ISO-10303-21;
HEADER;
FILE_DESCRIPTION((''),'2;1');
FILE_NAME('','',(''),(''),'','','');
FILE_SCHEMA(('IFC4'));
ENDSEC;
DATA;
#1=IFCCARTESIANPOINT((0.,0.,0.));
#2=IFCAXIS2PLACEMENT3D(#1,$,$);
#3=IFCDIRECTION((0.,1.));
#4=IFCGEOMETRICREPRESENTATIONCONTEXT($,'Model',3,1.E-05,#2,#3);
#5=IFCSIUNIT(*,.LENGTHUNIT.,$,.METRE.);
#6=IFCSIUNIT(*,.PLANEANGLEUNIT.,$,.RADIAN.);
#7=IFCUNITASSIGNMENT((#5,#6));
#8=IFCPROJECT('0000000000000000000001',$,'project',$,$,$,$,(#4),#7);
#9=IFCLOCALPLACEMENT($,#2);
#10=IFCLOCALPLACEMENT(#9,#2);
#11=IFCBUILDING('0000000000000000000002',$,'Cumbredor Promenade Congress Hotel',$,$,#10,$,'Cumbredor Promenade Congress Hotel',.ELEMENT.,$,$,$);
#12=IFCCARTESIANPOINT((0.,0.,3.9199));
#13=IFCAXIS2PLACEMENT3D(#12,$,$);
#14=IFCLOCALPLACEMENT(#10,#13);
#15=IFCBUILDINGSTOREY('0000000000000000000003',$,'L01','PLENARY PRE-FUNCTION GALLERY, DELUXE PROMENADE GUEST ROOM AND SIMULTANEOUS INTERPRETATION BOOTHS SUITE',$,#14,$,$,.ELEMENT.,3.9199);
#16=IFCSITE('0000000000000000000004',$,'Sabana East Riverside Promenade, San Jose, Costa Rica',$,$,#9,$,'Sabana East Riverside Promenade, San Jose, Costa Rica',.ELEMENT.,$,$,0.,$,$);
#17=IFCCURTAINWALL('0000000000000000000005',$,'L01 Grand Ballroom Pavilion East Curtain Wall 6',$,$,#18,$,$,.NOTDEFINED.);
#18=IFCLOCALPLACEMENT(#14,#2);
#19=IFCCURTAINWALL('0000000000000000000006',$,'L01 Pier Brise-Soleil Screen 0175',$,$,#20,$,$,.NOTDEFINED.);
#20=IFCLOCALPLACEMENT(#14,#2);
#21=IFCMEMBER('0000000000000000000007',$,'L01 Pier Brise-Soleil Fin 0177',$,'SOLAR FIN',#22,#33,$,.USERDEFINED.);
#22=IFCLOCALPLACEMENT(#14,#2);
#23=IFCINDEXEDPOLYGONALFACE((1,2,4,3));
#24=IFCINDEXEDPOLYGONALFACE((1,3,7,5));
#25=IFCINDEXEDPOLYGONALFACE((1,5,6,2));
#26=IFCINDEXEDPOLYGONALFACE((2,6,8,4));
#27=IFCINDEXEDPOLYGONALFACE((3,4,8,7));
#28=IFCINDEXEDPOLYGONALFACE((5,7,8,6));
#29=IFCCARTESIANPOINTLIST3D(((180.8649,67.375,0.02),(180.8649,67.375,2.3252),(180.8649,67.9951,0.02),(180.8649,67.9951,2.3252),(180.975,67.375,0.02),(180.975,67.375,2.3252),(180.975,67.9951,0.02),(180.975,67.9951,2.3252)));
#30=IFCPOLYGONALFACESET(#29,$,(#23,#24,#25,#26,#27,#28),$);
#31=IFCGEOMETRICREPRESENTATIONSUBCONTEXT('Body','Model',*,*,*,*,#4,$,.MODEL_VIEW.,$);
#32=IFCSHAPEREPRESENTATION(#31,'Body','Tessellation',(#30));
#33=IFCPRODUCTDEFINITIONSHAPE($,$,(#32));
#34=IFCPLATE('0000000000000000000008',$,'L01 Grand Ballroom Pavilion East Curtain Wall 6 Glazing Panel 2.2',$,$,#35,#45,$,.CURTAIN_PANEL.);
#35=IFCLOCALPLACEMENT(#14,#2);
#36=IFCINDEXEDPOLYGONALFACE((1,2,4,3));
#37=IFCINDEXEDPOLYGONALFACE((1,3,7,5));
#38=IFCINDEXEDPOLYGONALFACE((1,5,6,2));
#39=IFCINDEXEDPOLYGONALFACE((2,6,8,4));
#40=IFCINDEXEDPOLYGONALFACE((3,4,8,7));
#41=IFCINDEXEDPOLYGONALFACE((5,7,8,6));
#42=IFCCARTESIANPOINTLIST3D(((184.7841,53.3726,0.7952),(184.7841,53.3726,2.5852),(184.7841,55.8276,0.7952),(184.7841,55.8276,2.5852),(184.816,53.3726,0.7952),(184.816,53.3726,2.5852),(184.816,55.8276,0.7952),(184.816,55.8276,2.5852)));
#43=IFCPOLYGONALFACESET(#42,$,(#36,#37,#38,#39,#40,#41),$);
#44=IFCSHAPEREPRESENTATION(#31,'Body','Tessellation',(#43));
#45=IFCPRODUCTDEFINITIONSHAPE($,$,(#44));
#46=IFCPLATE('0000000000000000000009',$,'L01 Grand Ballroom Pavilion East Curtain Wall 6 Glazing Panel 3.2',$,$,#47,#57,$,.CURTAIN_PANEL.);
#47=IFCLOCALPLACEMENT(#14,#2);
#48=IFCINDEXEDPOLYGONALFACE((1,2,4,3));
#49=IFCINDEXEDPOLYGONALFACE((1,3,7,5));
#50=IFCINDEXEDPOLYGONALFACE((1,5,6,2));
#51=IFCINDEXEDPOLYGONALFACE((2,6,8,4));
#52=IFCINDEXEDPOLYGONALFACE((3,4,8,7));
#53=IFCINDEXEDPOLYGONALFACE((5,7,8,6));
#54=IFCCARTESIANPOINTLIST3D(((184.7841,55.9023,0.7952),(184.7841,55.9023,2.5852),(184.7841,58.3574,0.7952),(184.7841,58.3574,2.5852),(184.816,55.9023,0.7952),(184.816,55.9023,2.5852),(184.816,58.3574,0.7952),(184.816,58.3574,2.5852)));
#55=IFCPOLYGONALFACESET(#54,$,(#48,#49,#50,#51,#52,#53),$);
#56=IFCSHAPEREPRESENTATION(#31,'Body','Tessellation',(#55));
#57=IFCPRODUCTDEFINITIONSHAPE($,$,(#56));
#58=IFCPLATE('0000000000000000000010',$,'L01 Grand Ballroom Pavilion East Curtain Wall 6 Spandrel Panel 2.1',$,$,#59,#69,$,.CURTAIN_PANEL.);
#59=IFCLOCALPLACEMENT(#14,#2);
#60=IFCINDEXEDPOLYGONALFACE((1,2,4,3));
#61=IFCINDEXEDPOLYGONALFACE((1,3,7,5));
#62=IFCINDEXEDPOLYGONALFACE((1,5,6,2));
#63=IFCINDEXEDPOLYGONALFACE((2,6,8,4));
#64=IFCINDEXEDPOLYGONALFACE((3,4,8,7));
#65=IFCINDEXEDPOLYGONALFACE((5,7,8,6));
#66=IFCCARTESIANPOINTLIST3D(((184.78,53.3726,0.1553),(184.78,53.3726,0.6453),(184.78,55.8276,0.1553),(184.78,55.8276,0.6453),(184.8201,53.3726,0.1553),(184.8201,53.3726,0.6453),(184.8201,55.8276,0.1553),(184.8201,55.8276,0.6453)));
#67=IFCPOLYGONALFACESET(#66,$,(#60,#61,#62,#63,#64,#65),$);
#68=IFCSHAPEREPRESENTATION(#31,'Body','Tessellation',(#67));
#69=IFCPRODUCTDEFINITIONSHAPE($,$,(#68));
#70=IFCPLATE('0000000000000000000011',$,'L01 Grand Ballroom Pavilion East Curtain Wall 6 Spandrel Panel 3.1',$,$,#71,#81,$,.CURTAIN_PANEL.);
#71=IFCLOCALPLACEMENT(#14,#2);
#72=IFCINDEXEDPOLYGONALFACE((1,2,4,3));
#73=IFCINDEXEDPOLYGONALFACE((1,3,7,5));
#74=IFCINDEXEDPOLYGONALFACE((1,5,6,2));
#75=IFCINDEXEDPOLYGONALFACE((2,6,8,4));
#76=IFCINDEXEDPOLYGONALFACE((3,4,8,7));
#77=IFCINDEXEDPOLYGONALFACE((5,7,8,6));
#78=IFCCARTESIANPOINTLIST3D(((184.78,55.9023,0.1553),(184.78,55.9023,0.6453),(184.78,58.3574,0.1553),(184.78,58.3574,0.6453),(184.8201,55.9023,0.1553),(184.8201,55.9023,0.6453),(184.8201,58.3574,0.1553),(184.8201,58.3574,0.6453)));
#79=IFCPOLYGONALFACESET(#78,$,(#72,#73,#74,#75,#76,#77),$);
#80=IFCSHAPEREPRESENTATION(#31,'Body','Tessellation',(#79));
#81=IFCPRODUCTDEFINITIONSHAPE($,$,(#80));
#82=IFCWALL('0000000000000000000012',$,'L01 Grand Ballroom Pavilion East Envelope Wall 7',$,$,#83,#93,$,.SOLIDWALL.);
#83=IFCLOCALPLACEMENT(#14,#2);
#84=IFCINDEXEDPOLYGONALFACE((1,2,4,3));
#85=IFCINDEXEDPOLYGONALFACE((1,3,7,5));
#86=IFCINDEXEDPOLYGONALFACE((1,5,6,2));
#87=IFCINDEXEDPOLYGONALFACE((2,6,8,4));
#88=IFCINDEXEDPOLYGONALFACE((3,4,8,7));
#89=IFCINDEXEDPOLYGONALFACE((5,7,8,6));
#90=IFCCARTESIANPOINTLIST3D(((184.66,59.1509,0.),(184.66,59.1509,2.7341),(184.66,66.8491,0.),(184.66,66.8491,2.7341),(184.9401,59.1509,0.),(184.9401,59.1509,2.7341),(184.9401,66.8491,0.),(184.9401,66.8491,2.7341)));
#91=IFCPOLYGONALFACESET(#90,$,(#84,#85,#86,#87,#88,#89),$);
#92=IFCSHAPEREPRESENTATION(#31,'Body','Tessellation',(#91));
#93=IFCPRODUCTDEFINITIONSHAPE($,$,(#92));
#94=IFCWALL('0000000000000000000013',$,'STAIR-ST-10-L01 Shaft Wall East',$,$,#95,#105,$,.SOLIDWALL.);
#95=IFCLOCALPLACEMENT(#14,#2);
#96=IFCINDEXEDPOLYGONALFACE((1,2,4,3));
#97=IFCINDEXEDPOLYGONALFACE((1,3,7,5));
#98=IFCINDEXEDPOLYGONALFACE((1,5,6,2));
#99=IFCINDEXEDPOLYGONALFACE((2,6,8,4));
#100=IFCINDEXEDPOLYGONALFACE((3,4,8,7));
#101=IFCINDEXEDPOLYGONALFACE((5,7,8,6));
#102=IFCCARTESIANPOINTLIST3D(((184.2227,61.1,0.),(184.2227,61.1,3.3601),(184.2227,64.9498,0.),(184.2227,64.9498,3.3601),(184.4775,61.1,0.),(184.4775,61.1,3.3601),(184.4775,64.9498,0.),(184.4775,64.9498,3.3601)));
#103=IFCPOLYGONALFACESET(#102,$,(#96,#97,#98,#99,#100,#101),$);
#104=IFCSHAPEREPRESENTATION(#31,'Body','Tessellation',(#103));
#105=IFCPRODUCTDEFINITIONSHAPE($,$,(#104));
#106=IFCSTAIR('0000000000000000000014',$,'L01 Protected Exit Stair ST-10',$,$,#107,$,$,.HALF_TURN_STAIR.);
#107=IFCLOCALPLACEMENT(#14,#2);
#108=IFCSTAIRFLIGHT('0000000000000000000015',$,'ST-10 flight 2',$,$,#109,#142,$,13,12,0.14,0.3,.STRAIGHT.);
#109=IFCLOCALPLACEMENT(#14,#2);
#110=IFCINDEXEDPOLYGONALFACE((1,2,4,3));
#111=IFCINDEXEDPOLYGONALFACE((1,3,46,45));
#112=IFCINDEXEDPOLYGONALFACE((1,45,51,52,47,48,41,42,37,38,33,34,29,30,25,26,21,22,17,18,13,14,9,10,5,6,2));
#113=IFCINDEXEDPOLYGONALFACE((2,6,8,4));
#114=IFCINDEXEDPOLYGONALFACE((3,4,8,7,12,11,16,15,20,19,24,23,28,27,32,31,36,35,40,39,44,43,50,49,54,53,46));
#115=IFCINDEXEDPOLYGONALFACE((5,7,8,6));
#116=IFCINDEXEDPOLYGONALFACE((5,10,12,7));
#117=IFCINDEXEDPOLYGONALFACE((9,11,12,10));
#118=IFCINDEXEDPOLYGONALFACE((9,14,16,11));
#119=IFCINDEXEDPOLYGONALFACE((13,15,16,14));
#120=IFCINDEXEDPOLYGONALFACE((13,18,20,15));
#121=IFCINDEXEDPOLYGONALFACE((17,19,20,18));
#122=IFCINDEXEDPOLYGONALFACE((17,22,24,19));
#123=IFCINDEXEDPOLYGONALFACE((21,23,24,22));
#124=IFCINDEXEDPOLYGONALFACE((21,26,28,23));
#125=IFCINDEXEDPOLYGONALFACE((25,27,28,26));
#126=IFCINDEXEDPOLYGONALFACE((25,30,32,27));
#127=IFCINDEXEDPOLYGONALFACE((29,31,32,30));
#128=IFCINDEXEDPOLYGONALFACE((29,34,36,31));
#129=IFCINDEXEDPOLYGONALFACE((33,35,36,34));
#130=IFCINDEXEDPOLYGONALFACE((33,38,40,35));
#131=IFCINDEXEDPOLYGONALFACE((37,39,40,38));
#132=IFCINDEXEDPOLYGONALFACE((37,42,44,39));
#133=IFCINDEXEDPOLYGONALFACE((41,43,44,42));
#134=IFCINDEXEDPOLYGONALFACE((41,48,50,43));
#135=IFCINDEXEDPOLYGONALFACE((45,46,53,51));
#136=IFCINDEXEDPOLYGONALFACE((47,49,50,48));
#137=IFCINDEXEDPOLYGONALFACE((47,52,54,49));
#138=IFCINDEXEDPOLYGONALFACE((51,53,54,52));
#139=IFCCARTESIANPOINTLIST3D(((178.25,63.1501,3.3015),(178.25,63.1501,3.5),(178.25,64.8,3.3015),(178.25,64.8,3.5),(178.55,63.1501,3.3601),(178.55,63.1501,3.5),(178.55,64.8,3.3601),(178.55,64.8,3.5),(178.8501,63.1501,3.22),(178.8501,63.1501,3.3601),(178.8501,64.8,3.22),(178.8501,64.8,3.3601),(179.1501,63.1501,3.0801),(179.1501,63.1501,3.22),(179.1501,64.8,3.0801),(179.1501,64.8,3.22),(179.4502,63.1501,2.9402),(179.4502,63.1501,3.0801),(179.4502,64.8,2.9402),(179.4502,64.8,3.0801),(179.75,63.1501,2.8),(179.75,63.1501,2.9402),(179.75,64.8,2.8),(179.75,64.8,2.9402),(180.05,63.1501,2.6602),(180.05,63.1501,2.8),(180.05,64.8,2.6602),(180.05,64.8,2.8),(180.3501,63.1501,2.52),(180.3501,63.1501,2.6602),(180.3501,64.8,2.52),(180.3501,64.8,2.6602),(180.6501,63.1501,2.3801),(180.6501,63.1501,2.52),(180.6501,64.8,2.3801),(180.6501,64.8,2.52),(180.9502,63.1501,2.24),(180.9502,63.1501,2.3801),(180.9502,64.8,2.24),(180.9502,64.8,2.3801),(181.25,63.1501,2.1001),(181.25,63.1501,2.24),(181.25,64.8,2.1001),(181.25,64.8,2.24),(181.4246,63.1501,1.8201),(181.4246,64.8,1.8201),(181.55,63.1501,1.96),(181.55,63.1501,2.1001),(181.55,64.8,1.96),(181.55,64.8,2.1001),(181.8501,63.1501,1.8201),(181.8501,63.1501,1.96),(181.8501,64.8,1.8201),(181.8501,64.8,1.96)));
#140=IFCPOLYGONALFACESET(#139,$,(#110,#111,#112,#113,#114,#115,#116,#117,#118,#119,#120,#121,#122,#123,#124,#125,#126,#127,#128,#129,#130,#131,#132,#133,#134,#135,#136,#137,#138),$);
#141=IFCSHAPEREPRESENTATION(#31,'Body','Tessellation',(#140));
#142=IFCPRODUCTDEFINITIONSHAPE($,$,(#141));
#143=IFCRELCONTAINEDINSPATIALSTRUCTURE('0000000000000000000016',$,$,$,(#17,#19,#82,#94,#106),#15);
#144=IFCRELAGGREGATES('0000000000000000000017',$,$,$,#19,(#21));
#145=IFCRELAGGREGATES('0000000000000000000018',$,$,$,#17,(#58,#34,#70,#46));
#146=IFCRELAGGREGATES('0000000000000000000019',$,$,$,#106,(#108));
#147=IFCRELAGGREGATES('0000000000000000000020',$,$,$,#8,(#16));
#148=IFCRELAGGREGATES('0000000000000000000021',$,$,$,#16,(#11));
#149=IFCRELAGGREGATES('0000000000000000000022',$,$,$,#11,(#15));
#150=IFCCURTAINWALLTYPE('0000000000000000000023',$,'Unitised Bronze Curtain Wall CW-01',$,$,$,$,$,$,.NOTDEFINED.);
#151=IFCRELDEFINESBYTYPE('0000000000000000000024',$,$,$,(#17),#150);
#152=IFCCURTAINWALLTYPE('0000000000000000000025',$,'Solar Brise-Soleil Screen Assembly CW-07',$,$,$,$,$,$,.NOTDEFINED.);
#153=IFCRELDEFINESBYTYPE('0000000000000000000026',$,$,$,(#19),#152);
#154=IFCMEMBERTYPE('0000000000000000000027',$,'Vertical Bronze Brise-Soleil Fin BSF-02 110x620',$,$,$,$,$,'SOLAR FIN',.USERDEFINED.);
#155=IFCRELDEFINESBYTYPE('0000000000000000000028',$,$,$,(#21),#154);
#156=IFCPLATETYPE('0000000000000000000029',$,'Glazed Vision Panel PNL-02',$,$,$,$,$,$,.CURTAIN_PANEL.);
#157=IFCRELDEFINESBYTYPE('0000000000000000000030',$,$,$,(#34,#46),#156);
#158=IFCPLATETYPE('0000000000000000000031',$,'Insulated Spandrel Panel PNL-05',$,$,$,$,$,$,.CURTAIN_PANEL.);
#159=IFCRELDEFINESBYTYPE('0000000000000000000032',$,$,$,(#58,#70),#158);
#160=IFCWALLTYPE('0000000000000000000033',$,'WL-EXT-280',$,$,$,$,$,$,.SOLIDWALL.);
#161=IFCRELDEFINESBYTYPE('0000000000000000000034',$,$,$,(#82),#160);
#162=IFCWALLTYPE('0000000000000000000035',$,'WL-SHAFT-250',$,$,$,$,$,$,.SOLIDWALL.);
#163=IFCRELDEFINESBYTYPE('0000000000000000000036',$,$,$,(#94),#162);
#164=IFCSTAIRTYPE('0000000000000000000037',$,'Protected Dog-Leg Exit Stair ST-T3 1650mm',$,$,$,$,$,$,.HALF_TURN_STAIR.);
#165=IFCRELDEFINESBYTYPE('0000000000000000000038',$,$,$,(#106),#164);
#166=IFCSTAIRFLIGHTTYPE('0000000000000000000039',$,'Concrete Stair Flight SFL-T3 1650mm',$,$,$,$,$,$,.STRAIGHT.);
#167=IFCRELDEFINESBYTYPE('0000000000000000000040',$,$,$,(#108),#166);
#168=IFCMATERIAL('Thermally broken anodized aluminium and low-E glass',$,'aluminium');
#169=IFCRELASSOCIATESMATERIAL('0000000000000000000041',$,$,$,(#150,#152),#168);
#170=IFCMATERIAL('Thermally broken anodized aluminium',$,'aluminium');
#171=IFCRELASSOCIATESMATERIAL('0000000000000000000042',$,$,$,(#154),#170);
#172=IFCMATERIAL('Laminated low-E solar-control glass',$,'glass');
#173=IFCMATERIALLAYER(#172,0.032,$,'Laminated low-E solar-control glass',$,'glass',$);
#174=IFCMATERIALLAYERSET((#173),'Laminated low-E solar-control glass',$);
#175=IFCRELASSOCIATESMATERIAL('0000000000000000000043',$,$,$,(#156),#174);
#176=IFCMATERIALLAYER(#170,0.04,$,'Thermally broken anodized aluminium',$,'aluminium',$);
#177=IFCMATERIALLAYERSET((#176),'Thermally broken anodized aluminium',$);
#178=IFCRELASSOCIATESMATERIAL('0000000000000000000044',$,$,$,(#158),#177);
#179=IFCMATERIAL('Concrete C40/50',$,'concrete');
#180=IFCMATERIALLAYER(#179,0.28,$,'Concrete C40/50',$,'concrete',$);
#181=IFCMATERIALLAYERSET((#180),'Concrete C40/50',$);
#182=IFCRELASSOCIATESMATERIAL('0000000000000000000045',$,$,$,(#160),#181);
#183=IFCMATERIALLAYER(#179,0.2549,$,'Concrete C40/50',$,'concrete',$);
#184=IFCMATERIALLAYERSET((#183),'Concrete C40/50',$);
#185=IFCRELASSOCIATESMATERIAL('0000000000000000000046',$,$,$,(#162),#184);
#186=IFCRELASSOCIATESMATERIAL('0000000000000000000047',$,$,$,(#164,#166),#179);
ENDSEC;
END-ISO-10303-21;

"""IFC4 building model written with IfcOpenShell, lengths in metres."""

from ifc_helpers import new_model, si_unit, direction, frame, frame_2d, origin, origin_2d, place, context, subcontext, project, spatial, polyline, rectangle, outline, extrude, material, layer, layer_set, material_profile, profile_set, type_object, element, aggregate, save


model = new_model("IFC4")

# Units and contexts
model_context = context("Model", 3, precision=1e-05, world=origin(), true_north=direction((0.0, 1.0)))
body_context = subcontext(model_context, "Body", "Model", "MODEL_VIEW")
ifc_project = project(units=[si_unit("LENGTHUNIT", "METRE"), si_unit("PLANEANGLEUNIT", "RADIAN")], contexts=[model_context])

# Site, building, storey
site_placement = place(None, origin())
site = spatial("IfcSite", under=ifc_project, at=site_placement, Name="Sabana East Riverside Promenade, San Jose, Costa Rica", LongName="Sabana East Riverside Promenade, San Jose, Costa Rica", CompositionType="ELEMENT", RefElevation=0.0)
building_placement = place(site_placement, origin())
building = spatial("IfcBuilding", under=site, at=building_placement, Name="Cumbredor Promenade Congress Hotel", LongName="Cumbredor Promenade Congress Hotel", CompositionType="ELEMENT")
storey_placement = place(building_placement, frame((0.0, 0.0, 3.9199)))
storey = spatial("IfcBuildingStorey", under=building, at=storey_placement, Name="L01", Description="PLENARY PRE-FUNCTION GALLERY, DELUXE PROMENADE GUEST ROOM AND SIMULTANEOUS INTERPRETATION BOOTHS SUITE", CompositionType="ELEMENT", Elevation=3.9199)

# Shared definitions
ifc_material_1 = material(Name="Concrete C40/50", Category="concrete")

# Curtain wall
ifc_material_2 = material(Name="Thermally broken anodized aluminium and low-E glass", Category="aluminium")
curtain_wall_type_1 = type_object("IfcCurtainWallType", Name="Unitised Bronze Curtain Wall CW-01", PredefinedType="NOTDEFINED", material=ifc_material_2)
curtain_wall_1_placement = place(storey_placement, origin())
curtain_wall_1 = element("IfcCurtainWall", 1, at=curtain_wall_1_placement, inside=storey, type_object=curtain_wall_type_1, Name="L01 Grand Ballroom Pavilion East Curtain Wall 6", PredefinedType="NOTDEFINED")
ifc_material_3 = material(Name="Thermally broken anodized aluminium", Category="aluminium")

# Curtain wall, member
curtain_wall_type_2 = type_object("IfcCurtainWallType", Name="Solar Brise-Soleil Screen Assembly CW-07", PredefinedType="NOTDEFINED", material=ifc_material_2)
curtain_wall_2_placement = place(storey_placement, origin())
curtain_wall_2 = element("IfcCurtainWall", 2, at=curtain_wall_2_placement, inside=storey, type_object=curtain_wall_type_2, Name="L01 Pier Brise-Soleil Screen 0175", PredefinedType="NOTDEFINED")
ifc_material_profile_1 = material_profile(ifc_material_3, rectangle(XDim=0.1101, YDim=0.6201, at=origin_2d()), Name="ARCH FIN 110x620")
ifc_profile_set_1 = profile_set([ifc_material_profile_1], Name="Thermally broken anodized aluminium")
member_type_1 = type_object("IfcMemberType", Name="Vertical Bronze Brise-Soleil Fin BSF-02 110x620", ElementType="SOLAR FIN", PredefinedType="USERDEFINED", material=ifc_profile_set_1)
member_1_placement = place(storey_placement, frame((180.9199, 67.6851, 0.02), z_axis=(0.0, 0.0, 1.0), x_axis=(1.0, 0.0, 0.0)))
member_1 = element("IfcMember", 3, at=member_1_placement, type_object=member_type_1, Name="L01 Pier Brise-Soleil Fin 0177", ObjectType="SOLAR FIN", PredefinedType="USERDEFINED", context=body_context, shape_type="SweptSolid", body=[
    extrude(rectangle(XDim=0.1101, YDim=0.6201, at=origin_2d()), origin(), (0.0, 0.0, 1.0), 2.3052),
])
aggregate(curtain_wall_2, [member_1])

# Plates
ifc_material_4 = material(Name="Laminated low-E solar-control glass", Category="glass")
ifc_layer_1 = layer(ifc_material_4, 0.032, Name="Laminated low-E solar-control glass", Category="glass")
ifc_layer_set_1 = layer_set([ifc_layer_1], Name="Laminated low-E solar-control glass")
plate_type_1 = type_object("IfcPlateType", Name="Glazed Vision Panel PNL-02", PredefinedType="CURTAIN_PANEL", material=ifc_layer_set_1)
plate_1_placement = place(storey_placement, frame((184.8, 54.6001, 0.7952), z_axis=(0.0, 0.0, 1.0), x_axis=(0.0, 1.0, 0.0)))
plate_1 = element("IfcPlate", 4, at=plate_1_placement, type_object=plate_type_1, Name="L01 Grand Ballroom Pavilion East Curtain Wall 6 Glazing Panel 2.2", PredefinedType="CURTAIN_PANEL", context=body_context, shape_type="SweptSolid", body=[
    extrude(rectangle(XDim=2.4551, YDim=0.032, at=origin_2d()), origin(), (0.0, 0.0, 1.0), 1.79),
])
plate_2_placement = place(storey_placement, frame((184.8, 57.1299, 0.7952), z_axis=(0.0, 0.0, 1.0), x_axis=(0.0, 1.0, 0.0)))
plate_2 = element("IfcPlate", 5, at=plate_2_placement, type_object=plate_type_1, Name="L01 Grand Ballroom Pavilion East Curtain Wall 6 Glazing Panel 3.2", PredefinedType="CURTAIN_PANEL", context=body_context, shape_type="SweptSolid", body=[
    extrude(rectangle(XDim=2.4551, YDim=0.032, at=origin_2d()), origin(), (0.0, 0.0, 1.0), 1.79),
])
ifc_layer_2 = layer(ifc_material_3, 0.04, Name="Thermally broken anodized aluminium", Category="aluminium")
ifc_layer_set_2 = layer_set([ifc_layer_2], Name="Thermally broken anodized aluminium")
plate_type_2 = type_object("IfcPlateType", Name="Insulated Spandrel Panel PNL-05", PredefinedType="CURTAIN_PANEL", material=ifc_layer_set_2)
plate_3_placement = place(storey_placement, frame((184.8, 54.6001, 0.1553), z_axis=(0.0, 0.0, 1.0), x_axis=(0.0, 1.0, 0.0)))
plate_3 = element("IfcPlate", 6, at=plate_3_placement, type_object=plate_type_2, Name="L01 Grand Ballroom Pavilion East Curtain Wall 6 Spandrel Panel 2.1", PredefinedType="CURTAIN_PANEL", context=body_context, shape_type="SweptSolid", body=[
    extrude(rectangle(XDim=2.4551, YDim=0.04, at=origin_2d()), origin(), (0.0, 0.0, 1.0), 0.49),
])
plate_4_placement = place(storey_placement, frame((184.8, 57.1299, 0.1553), z_axis=(0.0, 0.0, 1.0), x_axis=(0.0, 1.0, 0.0)))
plate_4 = element("IfcPlate", 7, at=plate_4_placement, type_object=plate_type_2, Name="L01 Grand Ballroom Pavilion East Curtain Wall 6 Spandrel Panel 3.1", PredefinedType="CURTAIN_PANEL", context=body_context, shape_type="SweptSolid", body=[
    extrude(rectangle(XDim=2.4551, YDim=0.04, at=origin_2d()), origin(), (0.0, 0.0, 1.0), 0.49),
])
aggregate(curtain_wall_1, [plate_3, plate_1, plate_4, plate_2])

# Walls
ifc_layer_3 = layer(ifc_material_1, 0.28, Name="Concrete C40/50", Category="concrete")
ifc_layer_set_3 = layer_set([ifc_layer_3], Name="Concrete C40/50")
wall_type_1 = type_object("IfcWallType", Name="WL-EXT-280", PredefinedType="SOLIDWALL", material=ifc_layer_set_3)
wall_1_placement = place(storey_placement, frame((184.8, 59.1509, 0.0), z_axis=(0.0, 0.0, 1.0), x_axis=(0.0, 1.0, 0.0)))
element("IfcWall", 8, at=wall_1_placement, inside=storey, type_object=wall_type_1, Name="L01 Grand Ballroom Pavilion East Envelope Wall 7", PredefinedType="SOLIDWALL", context=body_context, shape_type="SweptSolid", body=[
    extrude(rectangle(XDim=7.6982, YDim=0.28, at=frame_2d((3.8491, 0.0))), origin(), (0.0, 0.0, 1.0), 2.7341),
])
ifc_layer_4 = layer(ifc_material_1, 0.2549, Name="Concrete C40/50", Category="concrete")
ifc_layer_set_4 = layer_set([ifc_layer_4], Name="Concrete C40/50")
wall_type_2 = type_object("IfcWallType", Name="WL-SHAFT-250", PredefinedType="SOLIDWALL", material=ifc_layer_set_4)
wall_2_placement = place(storey_placement, frame((184.3501, 61.1001, 0.0), z_axis=(0.0, 0.0, 1.0), x_axis=(0.0, 1.0, 0.0)))
element("IfcWall", 9, at=wall_2_placement, inside=storey, type_object=wall_type_2, Name="STAIR-ST-10-L01 Shaft Wall East", PredefinedType="SOLIDWALL", context=body_context, shape_type="SweptSolid", body=[
    extrude(rectangle(XDim=3.8499, YDim=0.2549, at=frame_2d((1.9248, 0.0))), origin(), (0.0, 0.0, 1.0), 3.3601),
])

# Stair, stair flight
stair_type = type_object("IfcStairType", Name="Protected Dog-Leg Exit Stair ST-T3 1650mm", PredefinedType="HALF_TURN_STAIR", material=ifc_material_1)
stair_placement = place(storey_placement, origin())
stair = element("IfcStair", 10, at=stair_placement, inside=storey, type_object=stair_type, Name="L01 Protected Exit Stair ST-10", PredefinedType="HALF_TURN_STAIR")
stair_flight_type = type_object("IfcStairFlightType", Name="Concrete Stair Flight SFL-T3 1650mm", PredefinedType="STRAIGHT", material=ifc_material_1)
stair_flight_placement = place(storey_placement, frame((181.8501, 63.9751, 1.8201), z_axis=(0.0, 0.0, 1.0), x_axis=(-1.0, 0.0, 0.0)))
stair_flight = element("IfcStairFlight", 11, at=stair_flight_placement, type_object=stair_flight_type, Name="ST-10 flight 2", NumberOfRisers=13, NumberOfTreads=12, PredefinedType="STRAIGHT", RiserHeight=0.14, TreadLength=0.3, context=body_context, shape_type="SweptSolid", body=[
    extrude(outline(polyline([(0.0, 0.0), (0.0, 0.1399), (0.3, 0.1399), (0.3, 0.28), (0.6001, 0.28), (0.6001, 0.4199), (0.8999, 0.4199), (0.8999, 0.5601), (1.2, 0.5601), (1.2, 0.7), (1.5, 0.7), (1.5, 0.8401), (1.8, 0.8401), (1.8, 0.98), (2.1001, 0.98), (2.1001, 1.1201), (2.3999, 1.1201), (2.3999, 1.26), (2.7, 1.26), (2.7, 1.3999), (3.0, 1.3999), (3.0, 1.54), (3.3, 1.54), (3.3, 1.6799), (3.6001, 1.6799), (3.6001, 1.8201), (3.6001, 1.4814), (0.4255, 0.0), (0.0, 0.0)])), frame((0.0, 0.825, 0.0), z_axis=(0.0, -1.0, 0.0), x_axis=(1.0, 0.0, 0.0)), (0.0, 0.0, 1.0), 1.6499),
])
aggregate(stair, [stair_flight])

save(model, "model.ifc")
